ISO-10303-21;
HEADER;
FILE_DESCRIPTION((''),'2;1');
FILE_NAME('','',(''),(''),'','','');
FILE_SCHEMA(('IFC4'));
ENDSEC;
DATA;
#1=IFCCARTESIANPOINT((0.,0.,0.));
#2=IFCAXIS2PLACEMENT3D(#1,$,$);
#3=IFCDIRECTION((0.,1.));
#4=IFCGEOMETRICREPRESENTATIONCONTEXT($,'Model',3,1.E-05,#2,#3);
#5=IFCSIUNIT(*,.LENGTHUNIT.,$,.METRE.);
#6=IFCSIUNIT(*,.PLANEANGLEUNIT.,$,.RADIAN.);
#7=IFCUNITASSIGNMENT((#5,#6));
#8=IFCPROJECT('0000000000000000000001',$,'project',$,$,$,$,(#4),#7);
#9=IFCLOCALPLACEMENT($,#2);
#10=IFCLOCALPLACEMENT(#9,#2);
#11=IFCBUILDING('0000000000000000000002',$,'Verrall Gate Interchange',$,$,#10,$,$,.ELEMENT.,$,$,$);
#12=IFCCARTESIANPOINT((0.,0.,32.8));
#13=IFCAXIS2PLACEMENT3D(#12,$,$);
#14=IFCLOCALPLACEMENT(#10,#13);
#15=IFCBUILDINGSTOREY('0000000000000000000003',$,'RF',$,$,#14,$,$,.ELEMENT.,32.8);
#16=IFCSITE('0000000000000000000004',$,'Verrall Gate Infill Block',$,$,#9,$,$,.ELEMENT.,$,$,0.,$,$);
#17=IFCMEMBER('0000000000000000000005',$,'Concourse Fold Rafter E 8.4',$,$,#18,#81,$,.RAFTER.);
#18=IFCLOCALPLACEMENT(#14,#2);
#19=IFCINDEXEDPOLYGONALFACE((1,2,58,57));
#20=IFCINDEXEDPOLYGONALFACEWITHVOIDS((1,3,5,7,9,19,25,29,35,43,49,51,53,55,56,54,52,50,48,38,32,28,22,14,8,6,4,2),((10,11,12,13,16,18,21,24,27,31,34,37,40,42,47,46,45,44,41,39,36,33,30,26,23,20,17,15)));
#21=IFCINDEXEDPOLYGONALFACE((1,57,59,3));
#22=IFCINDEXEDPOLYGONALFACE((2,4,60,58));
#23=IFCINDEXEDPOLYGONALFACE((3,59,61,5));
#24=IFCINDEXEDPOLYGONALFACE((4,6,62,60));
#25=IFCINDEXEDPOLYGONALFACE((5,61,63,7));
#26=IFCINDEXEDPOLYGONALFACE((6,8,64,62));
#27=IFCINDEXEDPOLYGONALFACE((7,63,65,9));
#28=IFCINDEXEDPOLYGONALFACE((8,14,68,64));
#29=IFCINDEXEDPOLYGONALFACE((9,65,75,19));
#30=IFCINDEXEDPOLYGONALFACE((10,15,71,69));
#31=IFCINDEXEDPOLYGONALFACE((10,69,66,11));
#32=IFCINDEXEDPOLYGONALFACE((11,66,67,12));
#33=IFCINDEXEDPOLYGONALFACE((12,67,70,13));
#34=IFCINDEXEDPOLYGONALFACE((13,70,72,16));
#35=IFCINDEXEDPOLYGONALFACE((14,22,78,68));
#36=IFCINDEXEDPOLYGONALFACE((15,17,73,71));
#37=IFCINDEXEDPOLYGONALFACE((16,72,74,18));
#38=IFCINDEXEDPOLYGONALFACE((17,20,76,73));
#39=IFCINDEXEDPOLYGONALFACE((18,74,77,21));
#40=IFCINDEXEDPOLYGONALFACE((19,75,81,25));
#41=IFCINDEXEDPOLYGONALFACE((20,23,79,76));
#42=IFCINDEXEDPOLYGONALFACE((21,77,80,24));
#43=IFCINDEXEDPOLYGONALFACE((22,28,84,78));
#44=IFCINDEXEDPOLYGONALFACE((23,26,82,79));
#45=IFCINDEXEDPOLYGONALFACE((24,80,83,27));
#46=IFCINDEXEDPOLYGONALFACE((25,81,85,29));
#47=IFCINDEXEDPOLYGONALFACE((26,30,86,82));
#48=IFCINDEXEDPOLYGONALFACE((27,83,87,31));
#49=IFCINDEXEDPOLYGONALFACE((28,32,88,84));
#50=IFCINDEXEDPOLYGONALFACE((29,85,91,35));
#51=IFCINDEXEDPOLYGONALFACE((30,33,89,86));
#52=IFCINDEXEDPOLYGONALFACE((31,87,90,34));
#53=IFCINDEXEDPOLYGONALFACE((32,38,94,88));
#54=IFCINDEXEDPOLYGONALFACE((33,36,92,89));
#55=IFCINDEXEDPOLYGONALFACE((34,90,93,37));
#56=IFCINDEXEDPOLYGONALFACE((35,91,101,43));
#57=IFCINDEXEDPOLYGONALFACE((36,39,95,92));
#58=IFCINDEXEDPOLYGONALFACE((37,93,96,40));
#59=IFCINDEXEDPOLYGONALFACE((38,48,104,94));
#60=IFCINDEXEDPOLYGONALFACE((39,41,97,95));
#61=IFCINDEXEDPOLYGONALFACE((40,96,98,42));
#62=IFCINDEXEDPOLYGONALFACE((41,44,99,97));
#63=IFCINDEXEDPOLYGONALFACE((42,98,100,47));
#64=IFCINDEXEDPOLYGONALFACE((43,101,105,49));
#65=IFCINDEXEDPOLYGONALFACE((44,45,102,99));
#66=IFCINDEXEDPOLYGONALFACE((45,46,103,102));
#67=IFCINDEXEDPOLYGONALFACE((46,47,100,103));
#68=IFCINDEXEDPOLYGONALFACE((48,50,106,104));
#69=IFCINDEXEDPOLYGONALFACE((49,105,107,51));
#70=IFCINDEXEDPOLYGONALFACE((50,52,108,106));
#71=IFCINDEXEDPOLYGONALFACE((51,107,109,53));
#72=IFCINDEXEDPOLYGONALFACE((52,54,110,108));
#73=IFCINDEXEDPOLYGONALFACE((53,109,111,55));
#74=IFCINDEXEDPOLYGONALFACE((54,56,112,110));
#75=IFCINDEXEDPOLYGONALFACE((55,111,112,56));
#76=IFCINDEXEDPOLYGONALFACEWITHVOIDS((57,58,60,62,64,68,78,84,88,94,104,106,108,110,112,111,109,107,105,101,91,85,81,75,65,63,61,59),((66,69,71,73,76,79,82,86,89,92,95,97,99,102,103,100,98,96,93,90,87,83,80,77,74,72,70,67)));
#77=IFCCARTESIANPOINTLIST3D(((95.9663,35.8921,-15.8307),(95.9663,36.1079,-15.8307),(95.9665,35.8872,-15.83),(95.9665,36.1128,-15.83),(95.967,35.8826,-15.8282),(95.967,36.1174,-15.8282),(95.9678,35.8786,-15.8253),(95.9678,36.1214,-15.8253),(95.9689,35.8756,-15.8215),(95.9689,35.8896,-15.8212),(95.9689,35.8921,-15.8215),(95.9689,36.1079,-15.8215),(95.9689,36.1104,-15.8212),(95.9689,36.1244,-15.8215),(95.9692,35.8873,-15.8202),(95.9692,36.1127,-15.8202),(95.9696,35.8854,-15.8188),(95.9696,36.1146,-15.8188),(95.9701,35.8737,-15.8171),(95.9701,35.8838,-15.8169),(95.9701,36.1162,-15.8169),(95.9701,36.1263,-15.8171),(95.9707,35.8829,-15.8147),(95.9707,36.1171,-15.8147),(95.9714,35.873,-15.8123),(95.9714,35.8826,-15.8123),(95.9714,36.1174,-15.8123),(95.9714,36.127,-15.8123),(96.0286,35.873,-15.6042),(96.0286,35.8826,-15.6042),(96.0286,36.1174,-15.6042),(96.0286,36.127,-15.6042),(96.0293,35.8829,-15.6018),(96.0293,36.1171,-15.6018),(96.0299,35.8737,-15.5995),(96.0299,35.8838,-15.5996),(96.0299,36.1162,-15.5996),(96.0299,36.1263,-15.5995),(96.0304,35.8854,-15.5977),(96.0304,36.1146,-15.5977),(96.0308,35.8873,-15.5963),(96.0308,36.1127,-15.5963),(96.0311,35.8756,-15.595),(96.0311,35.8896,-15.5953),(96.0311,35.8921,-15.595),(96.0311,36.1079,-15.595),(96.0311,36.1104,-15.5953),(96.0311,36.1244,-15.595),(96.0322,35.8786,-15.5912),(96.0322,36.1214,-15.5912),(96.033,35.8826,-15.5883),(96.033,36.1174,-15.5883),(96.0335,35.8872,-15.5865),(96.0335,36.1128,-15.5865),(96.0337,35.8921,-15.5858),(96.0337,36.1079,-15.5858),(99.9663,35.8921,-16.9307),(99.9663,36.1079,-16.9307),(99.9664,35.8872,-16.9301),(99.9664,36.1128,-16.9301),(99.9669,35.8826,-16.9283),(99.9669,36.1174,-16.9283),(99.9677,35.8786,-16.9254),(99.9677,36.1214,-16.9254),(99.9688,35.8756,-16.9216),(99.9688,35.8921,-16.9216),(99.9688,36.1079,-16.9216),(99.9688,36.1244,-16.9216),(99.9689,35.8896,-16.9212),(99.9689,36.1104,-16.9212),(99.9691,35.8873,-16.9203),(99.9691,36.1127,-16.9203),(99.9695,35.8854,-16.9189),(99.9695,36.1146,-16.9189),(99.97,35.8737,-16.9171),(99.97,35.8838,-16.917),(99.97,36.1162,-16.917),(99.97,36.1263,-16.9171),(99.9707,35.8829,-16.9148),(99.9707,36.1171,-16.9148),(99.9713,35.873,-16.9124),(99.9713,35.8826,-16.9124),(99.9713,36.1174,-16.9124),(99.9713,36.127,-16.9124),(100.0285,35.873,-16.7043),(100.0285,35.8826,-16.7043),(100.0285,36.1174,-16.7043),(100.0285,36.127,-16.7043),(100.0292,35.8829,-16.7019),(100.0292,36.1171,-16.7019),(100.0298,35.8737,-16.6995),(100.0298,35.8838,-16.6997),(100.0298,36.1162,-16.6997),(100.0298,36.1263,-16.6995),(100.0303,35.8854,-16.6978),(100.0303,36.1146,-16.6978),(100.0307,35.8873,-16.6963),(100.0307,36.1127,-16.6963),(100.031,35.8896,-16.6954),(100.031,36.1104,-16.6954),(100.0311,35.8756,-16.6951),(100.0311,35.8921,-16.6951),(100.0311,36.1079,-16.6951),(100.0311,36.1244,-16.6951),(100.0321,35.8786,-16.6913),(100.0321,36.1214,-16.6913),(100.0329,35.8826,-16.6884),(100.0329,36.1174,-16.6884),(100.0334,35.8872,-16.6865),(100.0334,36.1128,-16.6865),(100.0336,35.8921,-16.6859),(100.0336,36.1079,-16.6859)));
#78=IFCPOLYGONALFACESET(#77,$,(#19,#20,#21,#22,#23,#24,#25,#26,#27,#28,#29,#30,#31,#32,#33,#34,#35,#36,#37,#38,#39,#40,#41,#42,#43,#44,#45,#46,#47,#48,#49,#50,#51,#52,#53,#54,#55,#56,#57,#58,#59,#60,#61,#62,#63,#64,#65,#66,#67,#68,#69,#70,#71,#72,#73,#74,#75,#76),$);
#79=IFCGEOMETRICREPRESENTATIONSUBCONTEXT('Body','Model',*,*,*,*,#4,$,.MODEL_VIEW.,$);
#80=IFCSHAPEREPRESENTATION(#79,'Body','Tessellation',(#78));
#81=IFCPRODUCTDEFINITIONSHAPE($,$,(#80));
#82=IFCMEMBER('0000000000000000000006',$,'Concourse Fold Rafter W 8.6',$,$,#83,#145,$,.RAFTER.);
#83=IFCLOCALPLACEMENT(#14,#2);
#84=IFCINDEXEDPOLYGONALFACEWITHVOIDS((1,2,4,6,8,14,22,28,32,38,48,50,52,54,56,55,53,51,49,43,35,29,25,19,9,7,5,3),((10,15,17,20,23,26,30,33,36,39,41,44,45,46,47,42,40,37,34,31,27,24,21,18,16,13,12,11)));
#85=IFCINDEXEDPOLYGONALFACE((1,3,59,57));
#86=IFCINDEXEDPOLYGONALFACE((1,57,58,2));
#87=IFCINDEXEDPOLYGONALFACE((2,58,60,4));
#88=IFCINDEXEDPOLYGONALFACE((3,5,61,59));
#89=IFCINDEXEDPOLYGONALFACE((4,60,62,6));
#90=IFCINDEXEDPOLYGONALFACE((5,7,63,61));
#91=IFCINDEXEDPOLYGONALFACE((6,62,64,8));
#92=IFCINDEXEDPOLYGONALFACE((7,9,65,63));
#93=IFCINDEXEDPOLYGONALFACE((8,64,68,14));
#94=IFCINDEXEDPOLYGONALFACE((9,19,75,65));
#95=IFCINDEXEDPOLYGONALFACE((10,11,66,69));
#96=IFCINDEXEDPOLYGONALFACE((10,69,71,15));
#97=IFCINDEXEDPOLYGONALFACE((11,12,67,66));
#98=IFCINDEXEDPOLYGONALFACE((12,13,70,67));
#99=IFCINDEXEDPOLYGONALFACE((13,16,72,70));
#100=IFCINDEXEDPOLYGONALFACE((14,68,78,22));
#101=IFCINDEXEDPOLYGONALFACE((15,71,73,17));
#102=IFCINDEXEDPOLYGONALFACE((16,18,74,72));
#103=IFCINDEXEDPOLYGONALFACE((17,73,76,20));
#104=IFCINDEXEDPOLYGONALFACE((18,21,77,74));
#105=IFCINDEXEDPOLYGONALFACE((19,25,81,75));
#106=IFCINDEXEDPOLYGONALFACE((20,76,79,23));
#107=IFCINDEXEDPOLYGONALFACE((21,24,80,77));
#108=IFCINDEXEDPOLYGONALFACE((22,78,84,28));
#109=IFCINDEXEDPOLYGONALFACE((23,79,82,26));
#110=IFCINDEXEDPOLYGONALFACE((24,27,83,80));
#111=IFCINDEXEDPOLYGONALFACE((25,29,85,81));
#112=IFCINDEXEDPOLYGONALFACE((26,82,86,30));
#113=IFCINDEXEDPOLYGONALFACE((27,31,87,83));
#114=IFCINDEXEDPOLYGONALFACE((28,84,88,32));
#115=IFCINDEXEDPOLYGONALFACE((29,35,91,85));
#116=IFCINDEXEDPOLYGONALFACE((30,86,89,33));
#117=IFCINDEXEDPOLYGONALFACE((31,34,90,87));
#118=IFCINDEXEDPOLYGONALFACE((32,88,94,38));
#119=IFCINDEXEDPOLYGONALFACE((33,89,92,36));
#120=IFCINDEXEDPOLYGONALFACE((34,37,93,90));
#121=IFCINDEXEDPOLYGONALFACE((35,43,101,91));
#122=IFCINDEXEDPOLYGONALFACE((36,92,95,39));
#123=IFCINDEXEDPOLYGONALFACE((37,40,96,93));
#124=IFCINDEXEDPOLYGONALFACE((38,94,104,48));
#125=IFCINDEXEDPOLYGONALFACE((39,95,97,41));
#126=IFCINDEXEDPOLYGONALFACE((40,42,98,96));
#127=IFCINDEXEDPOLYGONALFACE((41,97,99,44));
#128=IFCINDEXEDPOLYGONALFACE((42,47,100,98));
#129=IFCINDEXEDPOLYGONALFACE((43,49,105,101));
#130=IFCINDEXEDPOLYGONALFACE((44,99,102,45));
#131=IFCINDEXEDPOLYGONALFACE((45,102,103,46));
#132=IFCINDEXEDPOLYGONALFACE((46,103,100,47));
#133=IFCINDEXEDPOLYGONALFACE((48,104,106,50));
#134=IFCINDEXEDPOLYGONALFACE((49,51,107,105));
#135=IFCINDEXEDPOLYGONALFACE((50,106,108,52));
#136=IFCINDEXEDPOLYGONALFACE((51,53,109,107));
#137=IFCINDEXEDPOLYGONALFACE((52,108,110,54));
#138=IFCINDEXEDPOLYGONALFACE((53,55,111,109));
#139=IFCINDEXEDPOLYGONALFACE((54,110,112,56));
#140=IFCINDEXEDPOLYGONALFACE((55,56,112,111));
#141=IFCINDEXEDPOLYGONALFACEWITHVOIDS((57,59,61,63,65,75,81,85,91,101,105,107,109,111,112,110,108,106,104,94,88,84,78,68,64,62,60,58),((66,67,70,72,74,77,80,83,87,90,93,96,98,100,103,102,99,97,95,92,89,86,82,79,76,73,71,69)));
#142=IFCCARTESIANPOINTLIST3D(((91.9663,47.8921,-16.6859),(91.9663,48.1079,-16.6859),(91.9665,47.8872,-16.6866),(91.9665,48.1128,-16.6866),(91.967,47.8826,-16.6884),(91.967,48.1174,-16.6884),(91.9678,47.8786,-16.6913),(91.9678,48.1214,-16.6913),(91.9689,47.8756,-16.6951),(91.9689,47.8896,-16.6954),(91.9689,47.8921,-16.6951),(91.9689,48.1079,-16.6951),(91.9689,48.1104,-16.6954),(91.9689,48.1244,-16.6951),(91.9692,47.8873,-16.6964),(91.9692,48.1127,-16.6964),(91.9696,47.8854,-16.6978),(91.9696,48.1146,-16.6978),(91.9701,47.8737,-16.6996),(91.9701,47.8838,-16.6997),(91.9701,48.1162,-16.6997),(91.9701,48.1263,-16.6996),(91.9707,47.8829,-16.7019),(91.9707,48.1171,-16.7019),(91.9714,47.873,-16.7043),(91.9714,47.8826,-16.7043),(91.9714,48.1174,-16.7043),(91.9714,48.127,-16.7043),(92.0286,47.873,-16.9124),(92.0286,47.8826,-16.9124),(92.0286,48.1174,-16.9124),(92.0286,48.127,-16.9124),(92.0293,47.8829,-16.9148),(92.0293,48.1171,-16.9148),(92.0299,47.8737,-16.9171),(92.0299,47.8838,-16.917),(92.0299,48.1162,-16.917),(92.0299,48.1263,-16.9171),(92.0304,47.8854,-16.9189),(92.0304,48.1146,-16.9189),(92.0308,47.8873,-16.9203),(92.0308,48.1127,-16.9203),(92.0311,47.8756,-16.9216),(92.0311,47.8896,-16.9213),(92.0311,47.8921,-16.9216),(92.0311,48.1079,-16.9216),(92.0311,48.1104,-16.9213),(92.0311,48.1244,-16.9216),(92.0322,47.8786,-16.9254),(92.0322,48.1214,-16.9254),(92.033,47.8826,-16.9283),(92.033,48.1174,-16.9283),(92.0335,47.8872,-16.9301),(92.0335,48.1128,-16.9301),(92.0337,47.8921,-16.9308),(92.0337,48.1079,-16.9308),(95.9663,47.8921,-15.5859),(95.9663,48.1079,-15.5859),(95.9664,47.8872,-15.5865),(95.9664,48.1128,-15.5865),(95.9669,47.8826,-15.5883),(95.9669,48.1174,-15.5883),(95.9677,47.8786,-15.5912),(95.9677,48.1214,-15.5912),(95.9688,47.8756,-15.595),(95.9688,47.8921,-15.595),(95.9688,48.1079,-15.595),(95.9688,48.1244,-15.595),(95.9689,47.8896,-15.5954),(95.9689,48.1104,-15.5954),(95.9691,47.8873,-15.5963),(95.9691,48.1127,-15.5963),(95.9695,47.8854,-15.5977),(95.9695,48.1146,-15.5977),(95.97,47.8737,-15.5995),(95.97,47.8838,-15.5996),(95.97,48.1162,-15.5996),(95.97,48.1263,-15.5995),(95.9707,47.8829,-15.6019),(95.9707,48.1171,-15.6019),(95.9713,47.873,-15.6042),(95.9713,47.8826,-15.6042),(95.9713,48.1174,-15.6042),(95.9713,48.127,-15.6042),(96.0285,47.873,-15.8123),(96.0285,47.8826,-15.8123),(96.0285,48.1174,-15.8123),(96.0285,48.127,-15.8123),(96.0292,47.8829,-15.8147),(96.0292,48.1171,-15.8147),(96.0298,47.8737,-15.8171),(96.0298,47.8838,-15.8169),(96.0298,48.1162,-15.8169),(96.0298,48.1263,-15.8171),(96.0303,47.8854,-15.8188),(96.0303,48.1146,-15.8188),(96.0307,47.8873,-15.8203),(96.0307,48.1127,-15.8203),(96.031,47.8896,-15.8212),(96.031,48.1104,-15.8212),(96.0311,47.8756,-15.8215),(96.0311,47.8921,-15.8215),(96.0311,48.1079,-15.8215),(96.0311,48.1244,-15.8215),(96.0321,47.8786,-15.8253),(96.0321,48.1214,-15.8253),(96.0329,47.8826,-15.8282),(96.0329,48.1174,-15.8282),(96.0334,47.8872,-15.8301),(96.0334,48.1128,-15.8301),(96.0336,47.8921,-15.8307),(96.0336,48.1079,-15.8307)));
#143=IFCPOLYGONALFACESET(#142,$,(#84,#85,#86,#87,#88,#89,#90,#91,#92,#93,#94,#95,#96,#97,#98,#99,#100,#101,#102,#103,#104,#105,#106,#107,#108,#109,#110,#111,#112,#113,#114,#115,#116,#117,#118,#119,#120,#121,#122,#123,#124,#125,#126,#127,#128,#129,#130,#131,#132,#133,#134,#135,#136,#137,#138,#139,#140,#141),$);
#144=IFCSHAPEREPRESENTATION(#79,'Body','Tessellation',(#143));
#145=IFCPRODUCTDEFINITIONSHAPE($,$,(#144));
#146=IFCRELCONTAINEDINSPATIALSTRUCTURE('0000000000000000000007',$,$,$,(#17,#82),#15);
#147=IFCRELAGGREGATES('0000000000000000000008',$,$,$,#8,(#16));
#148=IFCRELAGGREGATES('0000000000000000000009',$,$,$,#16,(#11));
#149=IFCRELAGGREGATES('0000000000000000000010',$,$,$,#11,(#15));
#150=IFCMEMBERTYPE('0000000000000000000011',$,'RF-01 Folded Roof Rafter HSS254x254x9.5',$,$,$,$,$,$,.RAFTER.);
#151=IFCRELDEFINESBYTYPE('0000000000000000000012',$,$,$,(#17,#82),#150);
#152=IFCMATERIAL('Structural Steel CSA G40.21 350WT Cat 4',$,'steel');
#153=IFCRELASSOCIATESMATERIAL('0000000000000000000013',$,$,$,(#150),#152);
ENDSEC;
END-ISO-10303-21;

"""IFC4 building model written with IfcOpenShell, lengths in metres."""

from ifc_helpers import new_model, si_unit, direction, frame, origin, origin_2d, place, context, subcontext, project, spatial, hollow_rectangle, extrude, material, material_profile, profile_set, type_object, element, save


model = new_model("IFC4")

# Units and contexts
model_context = context("Model", 3, precision=1e-05, world=origin(), true_north=direction((0.0, 1.0)))
body_context = subcontext(model_context, "Body", "Model", "MODEL_VIEW")
ifc_project = project(units=[si_unit("LENGTHUNIT", "METRE"), si_unit("PLANEANGLEUNIT", "RADIAN")], contexts=[model_context])

# Site, building, storey
site_placement = place(None, origin())
site = spatial("IfcSite", under=ifc_project, at=site_placement, Name="Verrall Gate Infill Block", CompositionType="ELEMENT", RefElevation=0.0)
building_placement = place(site_placement, origin())
building = spatial("IfcBuilding", under=site, at=building_placement, Name="Verrall Gate Interchange", CompositionType="ELEMENT")
storey_placement = place(building_placement, frame((0.0, 0.0, 32.8)))
storey = spatial("IfcBuildingStorey", under=building, at=storey_placement, Name="RF", CompositionType="ELEMENT", Elevation=32.8)

# Members
ifc_material_1 = material(Name="Structural Steel CSA G40.21 350WT Cat 4", Category="steel")
ifc_material_profile_1 = material_profile(ifc_material_1, hollow_rectangle(XDim=0.2539, YDim=0.2539, WallThickness=0.0095, InnerFilletRadius=0.0095, OuterFilletRadius=0.019, at=origin_2d()), Name="HSS254x254x9.5")
ifc_profile_set_1 = profile_set([ifc_material_profile_1], Name="Structural Steel CSA G40.21 350WT Cat 4")
member_type_1 = type_object("IfcMemberType", Name="RF-01 Folded Roof Rafter HSS254x254x9.5", PredefinedType="RAFTER", material=ifc_profile_set_1)
for number, where, z_axis, x_axis, name in (
    (1, (96.0, 36.0, -15.7083), (0.964199, 0.0, -0.265178), (0.0, 1.0, 0.0), "Concourse Fold Rafter E 8.4"),
    (2, (92.0, 48.0, -16.8083), (0.964199, 0.0, 0.265178), (0.0, 1.0, 0.0), "Concourse Fold Rafter W 8.6"),
):
    element("IfcMember", number, at=place(storey_placement, frame(where, z_axis=z_axis, x_axis=x_axis)), inside=storey, type_object=member_type_1, Name=name, PredefinedType="RAFTER", context=body_context, shape_type="SweptSolid", body=[
        extrude(hollow_rectangle(XDim=0.2539, YDim=0.2539, WallThickness=0.0095, InnerFilletRadius=0.0095, OuterFilletRadius=0.019, at=origin_2d()), origin(), (0.0, 0.0, 1.0), 4.1484),
    ])

save(model, "model.ifc")
